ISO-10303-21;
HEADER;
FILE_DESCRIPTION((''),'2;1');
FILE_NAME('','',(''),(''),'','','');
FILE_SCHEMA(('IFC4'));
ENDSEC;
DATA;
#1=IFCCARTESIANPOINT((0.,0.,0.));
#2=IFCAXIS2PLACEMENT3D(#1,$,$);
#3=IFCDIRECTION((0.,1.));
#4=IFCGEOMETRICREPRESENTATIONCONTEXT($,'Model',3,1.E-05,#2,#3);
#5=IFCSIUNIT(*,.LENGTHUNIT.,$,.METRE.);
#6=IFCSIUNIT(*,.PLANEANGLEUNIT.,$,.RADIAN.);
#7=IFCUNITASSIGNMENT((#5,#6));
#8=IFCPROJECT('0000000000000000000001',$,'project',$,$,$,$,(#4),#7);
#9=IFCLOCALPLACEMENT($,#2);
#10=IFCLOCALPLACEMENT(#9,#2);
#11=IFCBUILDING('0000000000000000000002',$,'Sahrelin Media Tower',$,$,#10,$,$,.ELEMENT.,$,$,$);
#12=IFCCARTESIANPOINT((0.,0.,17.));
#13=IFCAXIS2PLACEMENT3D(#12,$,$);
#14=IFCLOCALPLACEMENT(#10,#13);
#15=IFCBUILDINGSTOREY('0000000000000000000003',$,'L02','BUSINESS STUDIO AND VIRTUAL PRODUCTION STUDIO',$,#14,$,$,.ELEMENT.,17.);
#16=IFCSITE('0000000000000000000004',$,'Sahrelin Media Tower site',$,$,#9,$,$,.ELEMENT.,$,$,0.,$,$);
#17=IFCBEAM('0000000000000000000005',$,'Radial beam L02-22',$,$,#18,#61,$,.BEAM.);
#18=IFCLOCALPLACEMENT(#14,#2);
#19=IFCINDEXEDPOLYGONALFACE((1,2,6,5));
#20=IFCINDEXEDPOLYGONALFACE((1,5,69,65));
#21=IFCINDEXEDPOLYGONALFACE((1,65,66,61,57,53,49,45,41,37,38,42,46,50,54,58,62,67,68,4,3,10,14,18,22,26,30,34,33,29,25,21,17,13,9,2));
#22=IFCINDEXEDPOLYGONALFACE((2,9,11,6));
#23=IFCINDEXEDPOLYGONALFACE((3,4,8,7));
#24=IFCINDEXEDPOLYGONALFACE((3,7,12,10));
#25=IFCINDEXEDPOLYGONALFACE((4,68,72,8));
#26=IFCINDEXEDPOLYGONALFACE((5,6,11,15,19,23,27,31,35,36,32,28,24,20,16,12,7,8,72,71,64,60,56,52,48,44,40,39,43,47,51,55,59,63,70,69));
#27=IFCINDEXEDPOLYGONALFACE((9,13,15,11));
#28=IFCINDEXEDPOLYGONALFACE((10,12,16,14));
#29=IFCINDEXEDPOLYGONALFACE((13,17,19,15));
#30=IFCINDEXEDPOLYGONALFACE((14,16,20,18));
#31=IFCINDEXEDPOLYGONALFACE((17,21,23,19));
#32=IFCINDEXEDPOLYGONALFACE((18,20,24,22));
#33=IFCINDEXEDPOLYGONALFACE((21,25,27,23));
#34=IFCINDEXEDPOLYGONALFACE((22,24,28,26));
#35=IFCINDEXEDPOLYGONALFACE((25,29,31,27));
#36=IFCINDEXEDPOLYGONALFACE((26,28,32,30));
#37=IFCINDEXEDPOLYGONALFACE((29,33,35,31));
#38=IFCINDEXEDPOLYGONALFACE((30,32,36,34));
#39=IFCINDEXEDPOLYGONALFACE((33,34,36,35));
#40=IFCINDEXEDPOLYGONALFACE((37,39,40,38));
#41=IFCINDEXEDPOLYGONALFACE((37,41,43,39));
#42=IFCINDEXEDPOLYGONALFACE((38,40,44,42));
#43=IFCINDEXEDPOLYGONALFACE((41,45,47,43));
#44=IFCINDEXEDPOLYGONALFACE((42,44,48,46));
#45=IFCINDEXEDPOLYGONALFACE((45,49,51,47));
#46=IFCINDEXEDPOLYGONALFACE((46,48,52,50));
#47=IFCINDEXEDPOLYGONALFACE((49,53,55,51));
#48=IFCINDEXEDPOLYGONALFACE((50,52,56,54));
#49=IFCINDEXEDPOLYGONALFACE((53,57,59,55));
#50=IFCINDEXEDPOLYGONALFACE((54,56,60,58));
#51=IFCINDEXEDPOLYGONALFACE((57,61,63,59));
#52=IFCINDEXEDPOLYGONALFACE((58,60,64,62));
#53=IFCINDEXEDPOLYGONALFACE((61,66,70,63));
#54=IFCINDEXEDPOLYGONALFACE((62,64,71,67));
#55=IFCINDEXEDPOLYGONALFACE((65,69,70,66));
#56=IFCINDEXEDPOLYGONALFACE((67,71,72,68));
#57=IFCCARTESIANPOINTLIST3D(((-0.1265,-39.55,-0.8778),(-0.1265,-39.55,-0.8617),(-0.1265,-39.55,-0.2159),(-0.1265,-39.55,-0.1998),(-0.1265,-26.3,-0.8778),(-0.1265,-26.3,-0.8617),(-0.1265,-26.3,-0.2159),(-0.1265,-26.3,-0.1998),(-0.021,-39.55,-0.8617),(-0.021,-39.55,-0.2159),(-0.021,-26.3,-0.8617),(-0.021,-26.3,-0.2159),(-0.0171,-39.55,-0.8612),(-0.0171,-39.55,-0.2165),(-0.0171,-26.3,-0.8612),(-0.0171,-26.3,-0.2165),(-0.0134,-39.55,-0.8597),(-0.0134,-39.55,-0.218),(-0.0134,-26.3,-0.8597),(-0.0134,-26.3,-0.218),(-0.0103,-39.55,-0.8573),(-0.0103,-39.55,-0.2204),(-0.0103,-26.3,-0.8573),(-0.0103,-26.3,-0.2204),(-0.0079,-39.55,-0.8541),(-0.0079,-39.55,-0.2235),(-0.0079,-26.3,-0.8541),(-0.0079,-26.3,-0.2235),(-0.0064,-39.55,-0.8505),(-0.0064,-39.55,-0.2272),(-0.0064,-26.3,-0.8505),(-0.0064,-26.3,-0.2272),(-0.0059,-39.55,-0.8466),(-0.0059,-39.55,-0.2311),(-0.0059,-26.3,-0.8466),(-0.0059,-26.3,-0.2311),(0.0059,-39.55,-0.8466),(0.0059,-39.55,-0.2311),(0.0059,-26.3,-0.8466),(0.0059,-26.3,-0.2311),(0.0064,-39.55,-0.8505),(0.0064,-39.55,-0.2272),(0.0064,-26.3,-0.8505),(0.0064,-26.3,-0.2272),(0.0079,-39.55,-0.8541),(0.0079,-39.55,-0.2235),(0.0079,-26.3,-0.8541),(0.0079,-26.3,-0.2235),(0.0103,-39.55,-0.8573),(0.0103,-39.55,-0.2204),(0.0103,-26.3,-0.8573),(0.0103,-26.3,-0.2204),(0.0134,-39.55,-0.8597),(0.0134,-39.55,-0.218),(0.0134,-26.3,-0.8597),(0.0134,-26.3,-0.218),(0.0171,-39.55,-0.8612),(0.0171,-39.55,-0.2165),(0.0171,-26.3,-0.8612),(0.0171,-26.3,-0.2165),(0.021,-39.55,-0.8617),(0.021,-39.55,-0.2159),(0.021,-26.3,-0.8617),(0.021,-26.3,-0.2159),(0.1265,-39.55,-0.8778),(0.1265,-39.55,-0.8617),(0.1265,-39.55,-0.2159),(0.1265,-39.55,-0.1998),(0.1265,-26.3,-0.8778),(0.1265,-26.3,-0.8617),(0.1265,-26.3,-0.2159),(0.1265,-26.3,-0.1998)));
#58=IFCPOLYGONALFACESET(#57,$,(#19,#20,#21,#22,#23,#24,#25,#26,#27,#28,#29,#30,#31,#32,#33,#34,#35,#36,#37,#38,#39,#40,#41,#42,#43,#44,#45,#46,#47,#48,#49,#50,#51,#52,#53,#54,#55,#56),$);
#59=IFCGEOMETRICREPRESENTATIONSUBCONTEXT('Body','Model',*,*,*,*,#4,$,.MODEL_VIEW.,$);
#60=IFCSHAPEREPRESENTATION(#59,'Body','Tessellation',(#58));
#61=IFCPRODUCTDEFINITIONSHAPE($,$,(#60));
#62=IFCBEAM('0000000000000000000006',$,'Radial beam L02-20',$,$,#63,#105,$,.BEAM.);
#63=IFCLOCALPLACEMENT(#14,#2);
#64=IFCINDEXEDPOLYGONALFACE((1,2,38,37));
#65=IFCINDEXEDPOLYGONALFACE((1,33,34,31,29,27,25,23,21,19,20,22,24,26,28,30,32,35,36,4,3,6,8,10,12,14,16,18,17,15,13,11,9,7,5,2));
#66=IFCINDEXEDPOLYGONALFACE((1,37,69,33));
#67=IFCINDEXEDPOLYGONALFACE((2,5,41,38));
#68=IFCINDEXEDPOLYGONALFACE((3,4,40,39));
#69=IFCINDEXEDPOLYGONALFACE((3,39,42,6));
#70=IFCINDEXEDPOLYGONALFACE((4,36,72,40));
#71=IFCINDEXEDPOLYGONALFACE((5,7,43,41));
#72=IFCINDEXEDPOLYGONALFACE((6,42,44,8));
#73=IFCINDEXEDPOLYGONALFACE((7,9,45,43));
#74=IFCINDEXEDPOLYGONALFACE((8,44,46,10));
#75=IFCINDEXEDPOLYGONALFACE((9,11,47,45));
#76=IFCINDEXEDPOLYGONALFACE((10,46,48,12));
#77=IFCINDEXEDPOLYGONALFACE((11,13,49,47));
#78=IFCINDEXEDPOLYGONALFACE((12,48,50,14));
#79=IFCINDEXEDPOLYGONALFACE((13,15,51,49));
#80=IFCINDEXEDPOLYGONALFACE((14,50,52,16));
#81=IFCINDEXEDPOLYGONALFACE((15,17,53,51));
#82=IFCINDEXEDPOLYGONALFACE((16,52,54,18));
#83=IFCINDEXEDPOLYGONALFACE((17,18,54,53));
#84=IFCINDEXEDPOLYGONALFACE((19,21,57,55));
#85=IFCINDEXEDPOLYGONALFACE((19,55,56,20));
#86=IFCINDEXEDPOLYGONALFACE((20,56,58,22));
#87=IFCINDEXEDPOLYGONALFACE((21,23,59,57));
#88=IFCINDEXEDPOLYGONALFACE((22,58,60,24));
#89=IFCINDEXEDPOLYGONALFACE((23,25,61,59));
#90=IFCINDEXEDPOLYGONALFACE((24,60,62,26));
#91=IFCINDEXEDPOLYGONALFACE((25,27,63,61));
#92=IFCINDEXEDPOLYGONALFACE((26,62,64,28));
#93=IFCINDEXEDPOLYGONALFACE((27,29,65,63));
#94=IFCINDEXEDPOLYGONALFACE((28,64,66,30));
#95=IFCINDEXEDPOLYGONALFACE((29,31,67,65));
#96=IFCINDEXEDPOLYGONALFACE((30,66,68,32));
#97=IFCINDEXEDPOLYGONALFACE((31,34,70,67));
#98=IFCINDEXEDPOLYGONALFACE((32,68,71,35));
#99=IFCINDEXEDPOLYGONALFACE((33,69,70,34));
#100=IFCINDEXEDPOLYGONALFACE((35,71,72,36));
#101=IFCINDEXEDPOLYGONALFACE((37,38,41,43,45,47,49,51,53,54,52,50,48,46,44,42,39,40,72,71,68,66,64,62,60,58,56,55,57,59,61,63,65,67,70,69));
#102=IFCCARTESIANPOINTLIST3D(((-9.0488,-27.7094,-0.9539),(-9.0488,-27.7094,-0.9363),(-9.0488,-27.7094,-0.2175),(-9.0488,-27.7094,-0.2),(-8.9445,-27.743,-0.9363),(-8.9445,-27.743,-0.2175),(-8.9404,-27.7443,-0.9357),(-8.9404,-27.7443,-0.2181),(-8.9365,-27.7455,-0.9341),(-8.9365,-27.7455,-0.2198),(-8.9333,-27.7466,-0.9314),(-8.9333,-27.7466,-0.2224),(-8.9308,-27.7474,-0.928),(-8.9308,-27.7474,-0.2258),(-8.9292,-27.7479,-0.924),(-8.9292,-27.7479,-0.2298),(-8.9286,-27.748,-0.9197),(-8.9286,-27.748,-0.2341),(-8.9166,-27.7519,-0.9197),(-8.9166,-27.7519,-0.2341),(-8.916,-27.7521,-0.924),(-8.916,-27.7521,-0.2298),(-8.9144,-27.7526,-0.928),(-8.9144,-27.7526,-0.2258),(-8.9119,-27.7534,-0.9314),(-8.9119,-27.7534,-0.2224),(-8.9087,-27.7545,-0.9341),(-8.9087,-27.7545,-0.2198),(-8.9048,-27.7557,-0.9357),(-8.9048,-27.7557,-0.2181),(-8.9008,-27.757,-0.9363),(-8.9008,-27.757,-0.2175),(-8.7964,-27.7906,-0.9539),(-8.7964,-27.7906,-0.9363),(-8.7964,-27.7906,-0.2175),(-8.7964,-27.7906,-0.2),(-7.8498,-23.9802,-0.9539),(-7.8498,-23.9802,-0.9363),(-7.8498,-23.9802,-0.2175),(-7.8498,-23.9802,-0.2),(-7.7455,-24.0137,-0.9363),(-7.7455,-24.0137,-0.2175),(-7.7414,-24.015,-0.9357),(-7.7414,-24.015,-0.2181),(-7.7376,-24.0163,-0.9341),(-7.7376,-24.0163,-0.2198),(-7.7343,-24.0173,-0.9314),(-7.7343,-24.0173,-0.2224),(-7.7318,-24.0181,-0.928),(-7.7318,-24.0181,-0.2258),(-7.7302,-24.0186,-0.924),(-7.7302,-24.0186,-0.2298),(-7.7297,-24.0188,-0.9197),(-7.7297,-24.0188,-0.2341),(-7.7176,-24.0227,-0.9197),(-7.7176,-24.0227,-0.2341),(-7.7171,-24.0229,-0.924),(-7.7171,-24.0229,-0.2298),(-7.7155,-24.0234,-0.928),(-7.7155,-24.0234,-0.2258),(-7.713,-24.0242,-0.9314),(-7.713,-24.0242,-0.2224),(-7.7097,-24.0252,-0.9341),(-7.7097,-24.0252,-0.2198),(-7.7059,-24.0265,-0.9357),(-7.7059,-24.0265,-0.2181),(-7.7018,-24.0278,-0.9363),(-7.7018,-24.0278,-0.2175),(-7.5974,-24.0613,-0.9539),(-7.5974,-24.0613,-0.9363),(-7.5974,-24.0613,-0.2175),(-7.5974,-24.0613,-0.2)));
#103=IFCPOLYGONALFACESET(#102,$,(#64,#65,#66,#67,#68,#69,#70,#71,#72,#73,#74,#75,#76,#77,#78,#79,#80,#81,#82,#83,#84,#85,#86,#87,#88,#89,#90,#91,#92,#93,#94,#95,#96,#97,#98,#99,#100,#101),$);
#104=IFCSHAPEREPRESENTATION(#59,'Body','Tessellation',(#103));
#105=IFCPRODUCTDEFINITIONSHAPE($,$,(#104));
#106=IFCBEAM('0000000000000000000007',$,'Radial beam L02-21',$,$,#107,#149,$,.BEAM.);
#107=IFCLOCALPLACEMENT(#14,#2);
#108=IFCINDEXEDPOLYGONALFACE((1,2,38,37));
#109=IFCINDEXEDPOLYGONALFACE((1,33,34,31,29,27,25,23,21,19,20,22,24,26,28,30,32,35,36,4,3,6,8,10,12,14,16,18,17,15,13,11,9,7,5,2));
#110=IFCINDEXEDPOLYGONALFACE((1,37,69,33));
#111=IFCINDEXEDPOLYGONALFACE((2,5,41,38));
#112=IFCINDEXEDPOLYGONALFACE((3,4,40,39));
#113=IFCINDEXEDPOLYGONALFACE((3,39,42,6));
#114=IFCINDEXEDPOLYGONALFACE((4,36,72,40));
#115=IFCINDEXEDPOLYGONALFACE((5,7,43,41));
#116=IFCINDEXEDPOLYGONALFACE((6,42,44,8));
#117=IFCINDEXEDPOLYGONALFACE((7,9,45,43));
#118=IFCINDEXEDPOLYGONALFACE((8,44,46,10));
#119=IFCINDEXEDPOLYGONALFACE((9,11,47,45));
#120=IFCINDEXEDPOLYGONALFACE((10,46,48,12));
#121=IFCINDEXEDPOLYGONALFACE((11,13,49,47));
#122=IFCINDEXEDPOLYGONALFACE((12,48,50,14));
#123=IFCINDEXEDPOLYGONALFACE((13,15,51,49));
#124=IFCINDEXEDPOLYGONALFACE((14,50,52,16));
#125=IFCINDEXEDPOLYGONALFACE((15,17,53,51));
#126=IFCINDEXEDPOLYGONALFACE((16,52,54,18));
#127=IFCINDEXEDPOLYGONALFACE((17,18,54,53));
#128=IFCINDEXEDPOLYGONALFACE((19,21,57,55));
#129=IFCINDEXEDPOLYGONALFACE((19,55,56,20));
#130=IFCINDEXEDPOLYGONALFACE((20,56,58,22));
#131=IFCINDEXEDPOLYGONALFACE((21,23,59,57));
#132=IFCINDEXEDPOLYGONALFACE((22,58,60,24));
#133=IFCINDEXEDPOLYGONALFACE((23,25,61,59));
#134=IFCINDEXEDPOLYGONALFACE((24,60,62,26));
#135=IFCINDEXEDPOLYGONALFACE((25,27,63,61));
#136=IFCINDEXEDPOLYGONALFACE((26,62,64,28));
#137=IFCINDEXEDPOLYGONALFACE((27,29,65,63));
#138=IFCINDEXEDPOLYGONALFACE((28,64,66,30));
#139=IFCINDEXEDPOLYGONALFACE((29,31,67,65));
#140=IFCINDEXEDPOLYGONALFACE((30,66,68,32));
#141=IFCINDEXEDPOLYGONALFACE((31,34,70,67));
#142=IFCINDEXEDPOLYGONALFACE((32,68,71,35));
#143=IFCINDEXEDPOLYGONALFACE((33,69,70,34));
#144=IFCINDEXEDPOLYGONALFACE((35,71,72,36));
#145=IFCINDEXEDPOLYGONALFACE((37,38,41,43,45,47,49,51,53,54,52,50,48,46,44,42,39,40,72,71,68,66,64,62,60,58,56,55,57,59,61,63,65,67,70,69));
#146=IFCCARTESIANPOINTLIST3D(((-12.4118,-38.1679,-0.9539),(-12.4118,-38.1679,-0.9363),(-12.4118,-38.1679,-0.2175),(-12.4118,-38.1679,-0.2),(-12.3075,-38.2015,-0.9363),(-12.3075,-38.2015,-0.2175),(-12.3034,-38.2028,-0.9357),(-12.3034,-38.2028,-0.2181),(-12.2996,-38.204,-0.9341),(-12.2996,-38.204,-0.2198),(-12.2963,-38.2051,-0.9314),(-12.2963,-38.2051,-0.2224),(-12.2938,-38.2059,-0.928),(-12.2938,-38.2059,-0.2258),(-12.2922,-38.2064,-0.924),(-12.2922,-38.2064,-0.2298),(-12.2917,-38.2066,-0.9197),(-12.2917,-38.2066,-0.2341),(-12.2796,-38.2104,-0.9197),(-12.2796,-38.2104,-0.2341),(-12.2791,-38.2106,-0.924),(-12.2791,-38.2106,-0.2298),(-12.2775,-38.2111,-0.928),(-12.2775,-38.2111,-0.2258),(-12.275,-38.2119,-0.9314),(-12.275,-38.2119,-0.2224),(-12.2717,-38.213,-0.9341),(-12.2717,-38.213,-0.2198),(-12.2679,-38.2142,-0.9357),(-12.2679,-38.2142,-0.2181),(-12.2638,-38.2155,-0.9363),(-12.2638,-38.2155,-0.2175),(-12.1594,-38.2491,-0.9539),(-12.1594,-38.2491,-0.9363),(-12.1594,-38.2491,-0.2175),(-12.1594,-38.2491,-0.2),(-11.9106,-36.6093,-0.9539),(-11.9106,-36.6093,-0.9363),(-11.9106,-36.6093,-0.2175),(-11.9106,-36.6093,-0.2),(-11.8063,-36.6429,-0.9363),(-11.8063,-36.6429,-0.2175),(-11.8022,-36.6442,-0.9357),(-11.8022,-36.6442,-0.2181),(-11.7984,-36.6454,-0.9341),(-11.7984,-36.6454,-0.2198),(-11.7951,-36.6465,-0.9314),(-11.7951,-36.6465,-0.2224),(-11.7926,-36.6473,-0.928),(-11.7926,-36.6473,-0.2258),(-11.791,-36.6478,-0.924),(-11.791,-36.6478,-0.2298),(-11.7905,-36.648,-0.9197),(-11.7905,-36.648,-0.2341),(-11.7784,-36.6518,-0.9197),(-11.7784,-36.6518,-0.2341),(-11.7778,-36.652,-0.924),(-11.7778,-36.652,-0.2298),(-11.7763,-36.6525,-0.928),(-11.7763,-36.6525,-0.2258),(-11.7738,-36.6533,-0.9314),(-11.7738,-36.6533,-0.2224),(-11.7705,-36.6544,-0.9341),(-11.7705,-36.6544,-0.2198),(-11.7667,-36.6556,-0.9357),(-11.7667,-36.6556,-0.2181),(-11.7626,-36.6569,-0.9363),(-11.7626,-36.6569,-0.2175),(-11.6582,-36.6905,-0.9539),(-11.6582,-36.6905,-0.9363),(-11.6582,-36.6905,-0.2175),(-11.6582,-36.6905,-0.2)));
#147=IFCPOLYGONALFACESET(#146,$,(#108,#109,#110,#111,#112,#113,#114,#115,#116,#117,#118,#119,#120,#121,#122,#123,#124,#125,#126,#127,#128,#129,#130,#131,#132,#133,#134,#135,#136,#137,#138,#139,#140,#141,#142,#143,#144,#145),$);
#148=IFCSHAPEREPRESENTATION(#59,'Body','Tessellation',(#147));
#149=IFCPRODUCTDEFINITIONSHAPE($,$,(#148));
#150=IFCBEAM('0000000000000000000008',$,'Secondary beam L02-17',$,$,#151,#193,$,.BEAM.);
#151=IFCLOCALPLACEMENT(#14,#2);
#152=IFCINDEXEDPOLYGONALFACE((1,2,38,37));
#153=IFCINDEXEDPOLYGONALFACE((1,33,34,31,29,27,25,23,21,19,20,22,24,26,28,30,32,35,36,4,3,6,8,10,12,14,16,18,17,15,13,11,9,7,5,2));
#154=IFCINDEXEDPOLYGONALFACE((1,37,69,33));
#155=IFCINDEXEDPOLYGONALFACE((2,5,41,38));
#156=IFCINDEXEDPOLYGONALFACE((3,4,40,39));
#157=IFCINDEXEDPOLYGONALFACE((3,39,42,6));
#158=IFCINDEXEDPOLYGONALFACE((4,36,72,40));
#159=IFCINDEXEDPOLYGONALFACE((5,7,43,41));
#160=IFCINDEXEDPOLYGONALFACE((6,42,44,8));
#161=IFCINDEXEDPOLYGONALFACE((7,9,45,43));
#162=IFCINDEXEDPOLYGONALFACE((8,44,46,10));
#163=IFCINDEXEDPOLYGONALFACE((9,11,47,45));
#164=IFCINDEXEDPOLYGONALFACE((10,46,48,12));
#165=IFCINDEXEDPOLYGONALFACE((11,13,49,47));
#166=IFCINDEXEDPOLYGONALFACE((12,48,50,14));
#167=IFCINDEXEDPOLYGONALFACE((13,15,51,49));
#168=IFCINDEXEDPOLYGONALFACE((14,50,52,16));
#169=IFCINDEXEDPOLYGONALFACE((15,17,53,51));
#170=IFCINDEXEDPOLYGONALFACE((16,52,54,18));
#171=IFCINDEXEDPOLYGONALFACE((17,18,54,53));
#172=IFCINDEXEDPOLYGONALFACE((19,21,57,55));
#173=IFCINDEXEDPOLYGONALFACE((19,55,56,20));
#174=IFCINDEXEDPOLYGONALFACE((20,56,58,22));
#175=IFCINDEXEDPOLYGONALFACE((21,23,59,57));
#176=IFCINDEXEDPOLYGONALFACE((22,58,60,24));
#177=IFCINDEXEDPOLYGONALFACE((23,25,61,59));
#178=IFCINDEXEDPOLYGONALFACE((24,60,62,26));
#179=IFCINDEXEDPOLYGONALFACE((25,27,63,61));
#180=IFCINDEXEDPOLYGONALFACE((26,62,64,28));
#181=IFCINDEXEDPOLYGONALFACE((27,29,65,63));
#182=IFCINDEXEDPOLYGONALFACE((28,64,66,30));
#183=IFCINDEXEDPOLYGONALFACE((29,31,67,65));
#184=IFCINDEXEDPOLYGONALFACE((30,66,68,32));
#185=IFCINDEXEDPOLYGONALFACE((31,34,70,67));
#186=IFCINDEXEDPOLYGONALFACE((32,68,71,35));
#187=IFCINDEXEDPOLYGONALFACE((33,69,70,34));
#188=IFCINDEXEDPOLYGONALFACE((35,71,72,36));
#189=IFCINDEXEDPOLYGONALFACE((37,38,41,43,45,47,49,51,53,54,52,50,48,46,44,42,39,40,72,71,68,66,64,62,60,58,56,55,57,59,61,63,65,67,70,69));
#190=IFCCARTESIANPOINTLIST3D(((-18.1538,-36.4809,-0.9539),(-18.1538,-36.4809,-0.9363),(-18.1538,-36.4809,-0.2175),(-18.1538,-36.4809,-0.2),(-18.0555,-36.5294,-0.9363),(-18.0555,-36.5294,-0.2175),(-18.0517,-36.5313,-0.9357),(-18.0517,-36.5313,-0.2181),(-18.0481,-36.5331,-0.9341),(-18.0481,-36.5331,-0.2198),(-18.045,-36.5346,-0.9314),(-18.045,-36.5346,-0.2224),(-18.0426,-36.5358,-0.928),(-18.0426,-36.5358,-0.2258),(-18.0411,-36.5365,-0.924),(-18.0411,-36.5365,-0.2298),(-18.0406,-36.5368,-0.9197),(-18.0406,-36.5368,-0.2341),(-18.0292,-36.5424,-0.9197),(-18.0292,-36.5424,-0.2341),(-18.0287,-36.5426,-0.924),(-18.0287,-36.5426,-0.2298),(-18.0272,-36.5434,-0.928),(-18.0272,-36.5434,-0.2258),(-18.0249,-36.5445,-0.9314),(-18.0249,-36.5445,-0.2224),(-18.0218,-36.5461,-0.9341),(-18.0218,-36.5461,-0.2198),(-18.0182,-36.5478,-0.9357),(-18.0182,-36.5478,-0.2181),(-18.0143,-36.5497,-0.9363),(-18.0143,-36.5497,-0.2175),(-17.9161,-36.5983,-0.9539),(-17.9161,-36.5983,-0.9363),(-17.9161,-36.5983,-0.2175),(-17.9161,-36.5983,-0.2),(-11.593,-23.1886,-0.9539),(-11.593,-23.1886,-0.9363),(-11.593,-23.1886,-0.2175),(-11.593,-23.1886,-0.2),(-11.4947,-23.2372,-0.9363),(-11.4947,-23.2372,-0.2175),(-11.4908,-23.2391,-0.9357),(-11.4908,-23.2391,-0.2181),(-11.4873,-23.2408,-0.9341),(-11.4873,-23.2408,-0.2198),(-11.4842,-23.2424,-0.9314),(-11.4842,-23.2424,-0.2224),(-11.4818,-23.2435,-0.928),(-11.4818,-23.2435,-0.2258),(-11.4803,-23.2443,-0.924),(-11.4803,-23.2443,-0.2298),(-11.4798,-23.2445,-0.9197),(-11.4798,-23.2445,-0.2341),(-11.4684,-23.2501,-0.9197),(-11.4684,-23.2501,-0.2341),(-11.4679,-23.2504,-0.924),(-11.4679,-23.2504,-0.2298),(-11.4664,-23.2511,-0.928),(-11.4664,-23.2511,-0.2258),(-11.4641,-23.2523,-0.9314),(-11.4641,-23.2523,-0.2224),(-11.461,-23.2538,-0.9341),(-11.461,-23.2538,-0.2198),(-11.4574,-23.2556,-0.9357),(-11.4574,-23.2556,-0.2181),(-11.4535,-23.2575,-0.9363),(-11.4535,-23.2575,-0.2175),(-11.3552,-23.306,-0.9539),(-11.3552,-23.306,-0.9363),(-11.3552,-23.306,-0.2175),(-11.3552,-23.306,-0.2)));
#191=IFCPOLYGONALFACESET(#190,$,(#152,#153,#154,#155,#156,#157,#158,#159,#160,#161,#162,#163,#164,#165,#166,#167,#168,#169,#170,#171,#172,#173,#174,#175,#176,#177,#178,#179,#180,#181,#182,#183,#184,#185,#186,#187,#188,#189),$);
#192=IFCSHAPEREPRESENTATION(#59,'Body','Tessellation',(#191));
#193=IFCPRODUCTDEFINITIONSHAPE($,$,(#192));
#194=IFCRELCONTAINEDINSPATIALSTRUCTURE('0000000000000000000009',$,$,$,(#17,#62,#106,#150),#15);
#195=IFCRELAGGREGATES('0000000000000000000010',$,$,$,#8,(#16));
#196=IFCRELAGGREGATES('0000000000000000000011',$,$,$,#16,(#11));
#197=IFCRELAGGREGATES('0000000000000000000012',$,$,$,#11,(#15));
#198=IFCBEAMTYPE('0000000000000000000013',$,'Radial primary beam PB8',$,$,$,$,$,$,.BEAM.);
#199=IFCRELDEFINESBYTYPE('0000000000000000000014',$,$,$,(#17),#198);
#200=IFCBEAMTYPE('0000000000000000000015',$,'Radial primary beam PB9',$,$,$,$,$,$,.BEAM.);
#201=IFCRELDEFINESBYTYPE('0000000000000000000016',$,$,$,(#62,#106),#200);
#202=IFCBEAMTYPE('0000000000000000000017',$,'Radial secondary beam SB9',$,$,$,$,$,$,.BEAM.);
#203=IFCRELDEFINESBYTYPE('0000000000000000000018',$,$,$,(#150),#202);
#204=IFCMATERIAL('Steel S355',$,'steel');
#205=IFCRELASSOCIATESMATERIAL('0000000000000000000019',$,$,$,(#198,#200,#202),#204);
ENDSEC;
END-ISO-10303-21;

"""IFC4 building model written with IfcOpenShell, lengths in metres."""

from ifc_helpers import new_model, si_unit, direction, frame, origin, origin_2d, place, context, subcontext, project, spatial, i_section, extrude, material, material_profile, profile_set, type_object, element, save


model = new_model("IFC4")

# Units and contexts
model_context = context("Model", 3, precision=1e-05, world=origin(), true_north=direction((0.0, 1.0)))
body_context = subcontext(model_context, "Body", "Model", "MODEL_VIEW")
ifc_project = project(units=[si_unit("LENGTHUNIT", "METRE"), si_unit("PLANEANGLEUNIT", "RADIAN")], contexts=[model_context])

# Site, building, storey
site_placement = place(None, origin())
site = spatial("IfcSite", under=ifc_project, at=site_placement, Name="Sahrelin Media Tower site", CompositionType="ELEMENT", RefElevation=0.0)
building_placement = place(site_placement, origin())
building = spatial("IfcBuilding", under=site, at=building_placement, Name="Sahrelin Media Tower", CompositionType="ELEMENT")
storey_placement = place(building_placement, frame((0.0, 0.0, 17.0)))
storey = spatial("IfcBuildingStorey", under=building, at=storey_placement, Name="L02", Description="BUSINESS STUDIO AND VIRTUAL PRODUCTION STUDIO", CompositionType="ELEMENT", Elevation=17.0)

# Beams
ifc_material_1 = material(Name="Steel S355", Category="steel")
ifc_material_profile_1 = material_profile(ifc_material_1, i_section(OverallWidth=0.2529, OverallDepth=0.678, WebThickness=0.0117, FlangeThickness=0.0161, FilletRadius=0.0151, at=origin_2d()), Name="UB 686x254x125")
ifc_profile_set_1 = profile_set([ifc_material_profile_1], Name="Steel S355")
beam_type_1 = type_object("IfcBeamType", Name="Radial primary beam PB8", PredefinedType="BEAM", material=ifc_profile_set_1)
beam_1_placement = place(storey_placement, frame((0.0, -26.3, -0.5388), z_axis=(0.0, -1.0, 0.0), x_axis=(1.0, 0.0, 0.0)))
element("IfcBeam", 1, at=beam_1_placement, inside=storey, type_object=beam_type_1, Name="Radial beam L02-22", PredefinedType="BEAM", context=body_context, shape_type="SweptSolid", body=[
    extrude(i_section(OverallWidth=0.2529, OverallDepth=0.678, WebThickness=0.0117, FlangeThickness=0.0161, FilletRadius=0.0151, at=origin_2d()), origin(), (0.0, 0.0, 1.0), 13.25),
])
ifc_material_profile_2 = material_profile(ifc_material_1, i_section(OverallWidth=0.2651, OverallDepth=0.7539, WebThickness=0.0127, FlangeThickness=0.0176, FilletRadius=0.0166, at=origin_2d()), Name="UB 762x267x147")
ifc_profile_set_2 = profile_set([ifc_material_profile_2], Name="Steel S355")
beam_type_2 = type_object("IfcBeamType", Name="Radial primary beam PB9", PredefinedType="BEAM", material=ifc_profile_set_2)
beam_2_placement = place(storey_placement, frame((-7.7236, -24.0208, -0.5769), z_axis=(-0.306076, -0.952007, 0.0), x_axis=(0.952007, -0.306076, 0.0)))
element("IfcBeam", 2, at=beam_2_placement, inside=storey, type_object=beam_type_2, Name="Radial beam L02-20", PredefinedType="BEAM", context=body_context, shape_type="SweptSolid", body=[
    extrude(i_section(OverallWidth=0.2651, OverallDepth=0.7539, WebThickness=0.0127, FlangeThickness=0.0176, FilletRadius=0.0166, at=origin_2d()), origin(), (0.0, 0.0, 1.0), 3.9172),
])
beam_3_placement = place(storey_placement, frame((-11.7844, -36.6499, -0.5769), z_axis=(-0.306144, -0.951985, 0.0), x_axis=(0.951985, -0.306144, 0.0)))
element("IfcBeam", 3, at=beam_3_placement, inside=storey, type_object=beam_type_2, Name="Radial beam L02-21", PredefinedType="BEAM", context=body_context, shape_type="SweptSolid", body=[
    extrude(i_section(OverallWidth=0.2651, OverallDepth=0.7539, WebThickness=0.0127, FlangeThickness=0.0176, FilletRadius=0.0166, at=origin_2d()), origin(), (0.0, 0.0, 1.0), 1.6372),
])
ifc_material_profile_3 = material_profile(ifc_material_1, i_section(OverallWidth=0.2651, OverallDepth=0.7539, WebThickness=0.0127, FlangeThickness=0.0176, FilletRadius=0.0166, at=origin_2d()), Name="UB 762x267x147")
ifc_profile_set_3 = profile_set([ifc_material_profile_3], Name="Steel S355")
beam_type_3 = type_object("IfcBeamType", Name="Radial secondary beam SB9", PredefinedType="BEAM", material=ifc_profile_set_3)
beam_4_placement = place(storey_placement, frame((-11.4741, -23.2473, -0.5769), z_axis=(-0.442603, -0.896718, 0.0), x_axis=(0.896718, -0.442603, 0.0)))
element("IfcBeam", 4, at=beam_4_placement, inside=storey, type_object=beam_type_3, Name="Secondary beam L02-17", PredefinedType="BEAM", context=body_context, shape_type="SweptSolid", body=[
    extrude(i_section(OverallWidth=0.2651, OverallDepth=0.7539, WebThickness=0.0127, FlangeThickness=0.0176, FilletRadius=0.0166, at=origin_2d()), origin(), (0.0, 0.0, 1.0), 14.8232),
])

save(model, "model.ifc")
